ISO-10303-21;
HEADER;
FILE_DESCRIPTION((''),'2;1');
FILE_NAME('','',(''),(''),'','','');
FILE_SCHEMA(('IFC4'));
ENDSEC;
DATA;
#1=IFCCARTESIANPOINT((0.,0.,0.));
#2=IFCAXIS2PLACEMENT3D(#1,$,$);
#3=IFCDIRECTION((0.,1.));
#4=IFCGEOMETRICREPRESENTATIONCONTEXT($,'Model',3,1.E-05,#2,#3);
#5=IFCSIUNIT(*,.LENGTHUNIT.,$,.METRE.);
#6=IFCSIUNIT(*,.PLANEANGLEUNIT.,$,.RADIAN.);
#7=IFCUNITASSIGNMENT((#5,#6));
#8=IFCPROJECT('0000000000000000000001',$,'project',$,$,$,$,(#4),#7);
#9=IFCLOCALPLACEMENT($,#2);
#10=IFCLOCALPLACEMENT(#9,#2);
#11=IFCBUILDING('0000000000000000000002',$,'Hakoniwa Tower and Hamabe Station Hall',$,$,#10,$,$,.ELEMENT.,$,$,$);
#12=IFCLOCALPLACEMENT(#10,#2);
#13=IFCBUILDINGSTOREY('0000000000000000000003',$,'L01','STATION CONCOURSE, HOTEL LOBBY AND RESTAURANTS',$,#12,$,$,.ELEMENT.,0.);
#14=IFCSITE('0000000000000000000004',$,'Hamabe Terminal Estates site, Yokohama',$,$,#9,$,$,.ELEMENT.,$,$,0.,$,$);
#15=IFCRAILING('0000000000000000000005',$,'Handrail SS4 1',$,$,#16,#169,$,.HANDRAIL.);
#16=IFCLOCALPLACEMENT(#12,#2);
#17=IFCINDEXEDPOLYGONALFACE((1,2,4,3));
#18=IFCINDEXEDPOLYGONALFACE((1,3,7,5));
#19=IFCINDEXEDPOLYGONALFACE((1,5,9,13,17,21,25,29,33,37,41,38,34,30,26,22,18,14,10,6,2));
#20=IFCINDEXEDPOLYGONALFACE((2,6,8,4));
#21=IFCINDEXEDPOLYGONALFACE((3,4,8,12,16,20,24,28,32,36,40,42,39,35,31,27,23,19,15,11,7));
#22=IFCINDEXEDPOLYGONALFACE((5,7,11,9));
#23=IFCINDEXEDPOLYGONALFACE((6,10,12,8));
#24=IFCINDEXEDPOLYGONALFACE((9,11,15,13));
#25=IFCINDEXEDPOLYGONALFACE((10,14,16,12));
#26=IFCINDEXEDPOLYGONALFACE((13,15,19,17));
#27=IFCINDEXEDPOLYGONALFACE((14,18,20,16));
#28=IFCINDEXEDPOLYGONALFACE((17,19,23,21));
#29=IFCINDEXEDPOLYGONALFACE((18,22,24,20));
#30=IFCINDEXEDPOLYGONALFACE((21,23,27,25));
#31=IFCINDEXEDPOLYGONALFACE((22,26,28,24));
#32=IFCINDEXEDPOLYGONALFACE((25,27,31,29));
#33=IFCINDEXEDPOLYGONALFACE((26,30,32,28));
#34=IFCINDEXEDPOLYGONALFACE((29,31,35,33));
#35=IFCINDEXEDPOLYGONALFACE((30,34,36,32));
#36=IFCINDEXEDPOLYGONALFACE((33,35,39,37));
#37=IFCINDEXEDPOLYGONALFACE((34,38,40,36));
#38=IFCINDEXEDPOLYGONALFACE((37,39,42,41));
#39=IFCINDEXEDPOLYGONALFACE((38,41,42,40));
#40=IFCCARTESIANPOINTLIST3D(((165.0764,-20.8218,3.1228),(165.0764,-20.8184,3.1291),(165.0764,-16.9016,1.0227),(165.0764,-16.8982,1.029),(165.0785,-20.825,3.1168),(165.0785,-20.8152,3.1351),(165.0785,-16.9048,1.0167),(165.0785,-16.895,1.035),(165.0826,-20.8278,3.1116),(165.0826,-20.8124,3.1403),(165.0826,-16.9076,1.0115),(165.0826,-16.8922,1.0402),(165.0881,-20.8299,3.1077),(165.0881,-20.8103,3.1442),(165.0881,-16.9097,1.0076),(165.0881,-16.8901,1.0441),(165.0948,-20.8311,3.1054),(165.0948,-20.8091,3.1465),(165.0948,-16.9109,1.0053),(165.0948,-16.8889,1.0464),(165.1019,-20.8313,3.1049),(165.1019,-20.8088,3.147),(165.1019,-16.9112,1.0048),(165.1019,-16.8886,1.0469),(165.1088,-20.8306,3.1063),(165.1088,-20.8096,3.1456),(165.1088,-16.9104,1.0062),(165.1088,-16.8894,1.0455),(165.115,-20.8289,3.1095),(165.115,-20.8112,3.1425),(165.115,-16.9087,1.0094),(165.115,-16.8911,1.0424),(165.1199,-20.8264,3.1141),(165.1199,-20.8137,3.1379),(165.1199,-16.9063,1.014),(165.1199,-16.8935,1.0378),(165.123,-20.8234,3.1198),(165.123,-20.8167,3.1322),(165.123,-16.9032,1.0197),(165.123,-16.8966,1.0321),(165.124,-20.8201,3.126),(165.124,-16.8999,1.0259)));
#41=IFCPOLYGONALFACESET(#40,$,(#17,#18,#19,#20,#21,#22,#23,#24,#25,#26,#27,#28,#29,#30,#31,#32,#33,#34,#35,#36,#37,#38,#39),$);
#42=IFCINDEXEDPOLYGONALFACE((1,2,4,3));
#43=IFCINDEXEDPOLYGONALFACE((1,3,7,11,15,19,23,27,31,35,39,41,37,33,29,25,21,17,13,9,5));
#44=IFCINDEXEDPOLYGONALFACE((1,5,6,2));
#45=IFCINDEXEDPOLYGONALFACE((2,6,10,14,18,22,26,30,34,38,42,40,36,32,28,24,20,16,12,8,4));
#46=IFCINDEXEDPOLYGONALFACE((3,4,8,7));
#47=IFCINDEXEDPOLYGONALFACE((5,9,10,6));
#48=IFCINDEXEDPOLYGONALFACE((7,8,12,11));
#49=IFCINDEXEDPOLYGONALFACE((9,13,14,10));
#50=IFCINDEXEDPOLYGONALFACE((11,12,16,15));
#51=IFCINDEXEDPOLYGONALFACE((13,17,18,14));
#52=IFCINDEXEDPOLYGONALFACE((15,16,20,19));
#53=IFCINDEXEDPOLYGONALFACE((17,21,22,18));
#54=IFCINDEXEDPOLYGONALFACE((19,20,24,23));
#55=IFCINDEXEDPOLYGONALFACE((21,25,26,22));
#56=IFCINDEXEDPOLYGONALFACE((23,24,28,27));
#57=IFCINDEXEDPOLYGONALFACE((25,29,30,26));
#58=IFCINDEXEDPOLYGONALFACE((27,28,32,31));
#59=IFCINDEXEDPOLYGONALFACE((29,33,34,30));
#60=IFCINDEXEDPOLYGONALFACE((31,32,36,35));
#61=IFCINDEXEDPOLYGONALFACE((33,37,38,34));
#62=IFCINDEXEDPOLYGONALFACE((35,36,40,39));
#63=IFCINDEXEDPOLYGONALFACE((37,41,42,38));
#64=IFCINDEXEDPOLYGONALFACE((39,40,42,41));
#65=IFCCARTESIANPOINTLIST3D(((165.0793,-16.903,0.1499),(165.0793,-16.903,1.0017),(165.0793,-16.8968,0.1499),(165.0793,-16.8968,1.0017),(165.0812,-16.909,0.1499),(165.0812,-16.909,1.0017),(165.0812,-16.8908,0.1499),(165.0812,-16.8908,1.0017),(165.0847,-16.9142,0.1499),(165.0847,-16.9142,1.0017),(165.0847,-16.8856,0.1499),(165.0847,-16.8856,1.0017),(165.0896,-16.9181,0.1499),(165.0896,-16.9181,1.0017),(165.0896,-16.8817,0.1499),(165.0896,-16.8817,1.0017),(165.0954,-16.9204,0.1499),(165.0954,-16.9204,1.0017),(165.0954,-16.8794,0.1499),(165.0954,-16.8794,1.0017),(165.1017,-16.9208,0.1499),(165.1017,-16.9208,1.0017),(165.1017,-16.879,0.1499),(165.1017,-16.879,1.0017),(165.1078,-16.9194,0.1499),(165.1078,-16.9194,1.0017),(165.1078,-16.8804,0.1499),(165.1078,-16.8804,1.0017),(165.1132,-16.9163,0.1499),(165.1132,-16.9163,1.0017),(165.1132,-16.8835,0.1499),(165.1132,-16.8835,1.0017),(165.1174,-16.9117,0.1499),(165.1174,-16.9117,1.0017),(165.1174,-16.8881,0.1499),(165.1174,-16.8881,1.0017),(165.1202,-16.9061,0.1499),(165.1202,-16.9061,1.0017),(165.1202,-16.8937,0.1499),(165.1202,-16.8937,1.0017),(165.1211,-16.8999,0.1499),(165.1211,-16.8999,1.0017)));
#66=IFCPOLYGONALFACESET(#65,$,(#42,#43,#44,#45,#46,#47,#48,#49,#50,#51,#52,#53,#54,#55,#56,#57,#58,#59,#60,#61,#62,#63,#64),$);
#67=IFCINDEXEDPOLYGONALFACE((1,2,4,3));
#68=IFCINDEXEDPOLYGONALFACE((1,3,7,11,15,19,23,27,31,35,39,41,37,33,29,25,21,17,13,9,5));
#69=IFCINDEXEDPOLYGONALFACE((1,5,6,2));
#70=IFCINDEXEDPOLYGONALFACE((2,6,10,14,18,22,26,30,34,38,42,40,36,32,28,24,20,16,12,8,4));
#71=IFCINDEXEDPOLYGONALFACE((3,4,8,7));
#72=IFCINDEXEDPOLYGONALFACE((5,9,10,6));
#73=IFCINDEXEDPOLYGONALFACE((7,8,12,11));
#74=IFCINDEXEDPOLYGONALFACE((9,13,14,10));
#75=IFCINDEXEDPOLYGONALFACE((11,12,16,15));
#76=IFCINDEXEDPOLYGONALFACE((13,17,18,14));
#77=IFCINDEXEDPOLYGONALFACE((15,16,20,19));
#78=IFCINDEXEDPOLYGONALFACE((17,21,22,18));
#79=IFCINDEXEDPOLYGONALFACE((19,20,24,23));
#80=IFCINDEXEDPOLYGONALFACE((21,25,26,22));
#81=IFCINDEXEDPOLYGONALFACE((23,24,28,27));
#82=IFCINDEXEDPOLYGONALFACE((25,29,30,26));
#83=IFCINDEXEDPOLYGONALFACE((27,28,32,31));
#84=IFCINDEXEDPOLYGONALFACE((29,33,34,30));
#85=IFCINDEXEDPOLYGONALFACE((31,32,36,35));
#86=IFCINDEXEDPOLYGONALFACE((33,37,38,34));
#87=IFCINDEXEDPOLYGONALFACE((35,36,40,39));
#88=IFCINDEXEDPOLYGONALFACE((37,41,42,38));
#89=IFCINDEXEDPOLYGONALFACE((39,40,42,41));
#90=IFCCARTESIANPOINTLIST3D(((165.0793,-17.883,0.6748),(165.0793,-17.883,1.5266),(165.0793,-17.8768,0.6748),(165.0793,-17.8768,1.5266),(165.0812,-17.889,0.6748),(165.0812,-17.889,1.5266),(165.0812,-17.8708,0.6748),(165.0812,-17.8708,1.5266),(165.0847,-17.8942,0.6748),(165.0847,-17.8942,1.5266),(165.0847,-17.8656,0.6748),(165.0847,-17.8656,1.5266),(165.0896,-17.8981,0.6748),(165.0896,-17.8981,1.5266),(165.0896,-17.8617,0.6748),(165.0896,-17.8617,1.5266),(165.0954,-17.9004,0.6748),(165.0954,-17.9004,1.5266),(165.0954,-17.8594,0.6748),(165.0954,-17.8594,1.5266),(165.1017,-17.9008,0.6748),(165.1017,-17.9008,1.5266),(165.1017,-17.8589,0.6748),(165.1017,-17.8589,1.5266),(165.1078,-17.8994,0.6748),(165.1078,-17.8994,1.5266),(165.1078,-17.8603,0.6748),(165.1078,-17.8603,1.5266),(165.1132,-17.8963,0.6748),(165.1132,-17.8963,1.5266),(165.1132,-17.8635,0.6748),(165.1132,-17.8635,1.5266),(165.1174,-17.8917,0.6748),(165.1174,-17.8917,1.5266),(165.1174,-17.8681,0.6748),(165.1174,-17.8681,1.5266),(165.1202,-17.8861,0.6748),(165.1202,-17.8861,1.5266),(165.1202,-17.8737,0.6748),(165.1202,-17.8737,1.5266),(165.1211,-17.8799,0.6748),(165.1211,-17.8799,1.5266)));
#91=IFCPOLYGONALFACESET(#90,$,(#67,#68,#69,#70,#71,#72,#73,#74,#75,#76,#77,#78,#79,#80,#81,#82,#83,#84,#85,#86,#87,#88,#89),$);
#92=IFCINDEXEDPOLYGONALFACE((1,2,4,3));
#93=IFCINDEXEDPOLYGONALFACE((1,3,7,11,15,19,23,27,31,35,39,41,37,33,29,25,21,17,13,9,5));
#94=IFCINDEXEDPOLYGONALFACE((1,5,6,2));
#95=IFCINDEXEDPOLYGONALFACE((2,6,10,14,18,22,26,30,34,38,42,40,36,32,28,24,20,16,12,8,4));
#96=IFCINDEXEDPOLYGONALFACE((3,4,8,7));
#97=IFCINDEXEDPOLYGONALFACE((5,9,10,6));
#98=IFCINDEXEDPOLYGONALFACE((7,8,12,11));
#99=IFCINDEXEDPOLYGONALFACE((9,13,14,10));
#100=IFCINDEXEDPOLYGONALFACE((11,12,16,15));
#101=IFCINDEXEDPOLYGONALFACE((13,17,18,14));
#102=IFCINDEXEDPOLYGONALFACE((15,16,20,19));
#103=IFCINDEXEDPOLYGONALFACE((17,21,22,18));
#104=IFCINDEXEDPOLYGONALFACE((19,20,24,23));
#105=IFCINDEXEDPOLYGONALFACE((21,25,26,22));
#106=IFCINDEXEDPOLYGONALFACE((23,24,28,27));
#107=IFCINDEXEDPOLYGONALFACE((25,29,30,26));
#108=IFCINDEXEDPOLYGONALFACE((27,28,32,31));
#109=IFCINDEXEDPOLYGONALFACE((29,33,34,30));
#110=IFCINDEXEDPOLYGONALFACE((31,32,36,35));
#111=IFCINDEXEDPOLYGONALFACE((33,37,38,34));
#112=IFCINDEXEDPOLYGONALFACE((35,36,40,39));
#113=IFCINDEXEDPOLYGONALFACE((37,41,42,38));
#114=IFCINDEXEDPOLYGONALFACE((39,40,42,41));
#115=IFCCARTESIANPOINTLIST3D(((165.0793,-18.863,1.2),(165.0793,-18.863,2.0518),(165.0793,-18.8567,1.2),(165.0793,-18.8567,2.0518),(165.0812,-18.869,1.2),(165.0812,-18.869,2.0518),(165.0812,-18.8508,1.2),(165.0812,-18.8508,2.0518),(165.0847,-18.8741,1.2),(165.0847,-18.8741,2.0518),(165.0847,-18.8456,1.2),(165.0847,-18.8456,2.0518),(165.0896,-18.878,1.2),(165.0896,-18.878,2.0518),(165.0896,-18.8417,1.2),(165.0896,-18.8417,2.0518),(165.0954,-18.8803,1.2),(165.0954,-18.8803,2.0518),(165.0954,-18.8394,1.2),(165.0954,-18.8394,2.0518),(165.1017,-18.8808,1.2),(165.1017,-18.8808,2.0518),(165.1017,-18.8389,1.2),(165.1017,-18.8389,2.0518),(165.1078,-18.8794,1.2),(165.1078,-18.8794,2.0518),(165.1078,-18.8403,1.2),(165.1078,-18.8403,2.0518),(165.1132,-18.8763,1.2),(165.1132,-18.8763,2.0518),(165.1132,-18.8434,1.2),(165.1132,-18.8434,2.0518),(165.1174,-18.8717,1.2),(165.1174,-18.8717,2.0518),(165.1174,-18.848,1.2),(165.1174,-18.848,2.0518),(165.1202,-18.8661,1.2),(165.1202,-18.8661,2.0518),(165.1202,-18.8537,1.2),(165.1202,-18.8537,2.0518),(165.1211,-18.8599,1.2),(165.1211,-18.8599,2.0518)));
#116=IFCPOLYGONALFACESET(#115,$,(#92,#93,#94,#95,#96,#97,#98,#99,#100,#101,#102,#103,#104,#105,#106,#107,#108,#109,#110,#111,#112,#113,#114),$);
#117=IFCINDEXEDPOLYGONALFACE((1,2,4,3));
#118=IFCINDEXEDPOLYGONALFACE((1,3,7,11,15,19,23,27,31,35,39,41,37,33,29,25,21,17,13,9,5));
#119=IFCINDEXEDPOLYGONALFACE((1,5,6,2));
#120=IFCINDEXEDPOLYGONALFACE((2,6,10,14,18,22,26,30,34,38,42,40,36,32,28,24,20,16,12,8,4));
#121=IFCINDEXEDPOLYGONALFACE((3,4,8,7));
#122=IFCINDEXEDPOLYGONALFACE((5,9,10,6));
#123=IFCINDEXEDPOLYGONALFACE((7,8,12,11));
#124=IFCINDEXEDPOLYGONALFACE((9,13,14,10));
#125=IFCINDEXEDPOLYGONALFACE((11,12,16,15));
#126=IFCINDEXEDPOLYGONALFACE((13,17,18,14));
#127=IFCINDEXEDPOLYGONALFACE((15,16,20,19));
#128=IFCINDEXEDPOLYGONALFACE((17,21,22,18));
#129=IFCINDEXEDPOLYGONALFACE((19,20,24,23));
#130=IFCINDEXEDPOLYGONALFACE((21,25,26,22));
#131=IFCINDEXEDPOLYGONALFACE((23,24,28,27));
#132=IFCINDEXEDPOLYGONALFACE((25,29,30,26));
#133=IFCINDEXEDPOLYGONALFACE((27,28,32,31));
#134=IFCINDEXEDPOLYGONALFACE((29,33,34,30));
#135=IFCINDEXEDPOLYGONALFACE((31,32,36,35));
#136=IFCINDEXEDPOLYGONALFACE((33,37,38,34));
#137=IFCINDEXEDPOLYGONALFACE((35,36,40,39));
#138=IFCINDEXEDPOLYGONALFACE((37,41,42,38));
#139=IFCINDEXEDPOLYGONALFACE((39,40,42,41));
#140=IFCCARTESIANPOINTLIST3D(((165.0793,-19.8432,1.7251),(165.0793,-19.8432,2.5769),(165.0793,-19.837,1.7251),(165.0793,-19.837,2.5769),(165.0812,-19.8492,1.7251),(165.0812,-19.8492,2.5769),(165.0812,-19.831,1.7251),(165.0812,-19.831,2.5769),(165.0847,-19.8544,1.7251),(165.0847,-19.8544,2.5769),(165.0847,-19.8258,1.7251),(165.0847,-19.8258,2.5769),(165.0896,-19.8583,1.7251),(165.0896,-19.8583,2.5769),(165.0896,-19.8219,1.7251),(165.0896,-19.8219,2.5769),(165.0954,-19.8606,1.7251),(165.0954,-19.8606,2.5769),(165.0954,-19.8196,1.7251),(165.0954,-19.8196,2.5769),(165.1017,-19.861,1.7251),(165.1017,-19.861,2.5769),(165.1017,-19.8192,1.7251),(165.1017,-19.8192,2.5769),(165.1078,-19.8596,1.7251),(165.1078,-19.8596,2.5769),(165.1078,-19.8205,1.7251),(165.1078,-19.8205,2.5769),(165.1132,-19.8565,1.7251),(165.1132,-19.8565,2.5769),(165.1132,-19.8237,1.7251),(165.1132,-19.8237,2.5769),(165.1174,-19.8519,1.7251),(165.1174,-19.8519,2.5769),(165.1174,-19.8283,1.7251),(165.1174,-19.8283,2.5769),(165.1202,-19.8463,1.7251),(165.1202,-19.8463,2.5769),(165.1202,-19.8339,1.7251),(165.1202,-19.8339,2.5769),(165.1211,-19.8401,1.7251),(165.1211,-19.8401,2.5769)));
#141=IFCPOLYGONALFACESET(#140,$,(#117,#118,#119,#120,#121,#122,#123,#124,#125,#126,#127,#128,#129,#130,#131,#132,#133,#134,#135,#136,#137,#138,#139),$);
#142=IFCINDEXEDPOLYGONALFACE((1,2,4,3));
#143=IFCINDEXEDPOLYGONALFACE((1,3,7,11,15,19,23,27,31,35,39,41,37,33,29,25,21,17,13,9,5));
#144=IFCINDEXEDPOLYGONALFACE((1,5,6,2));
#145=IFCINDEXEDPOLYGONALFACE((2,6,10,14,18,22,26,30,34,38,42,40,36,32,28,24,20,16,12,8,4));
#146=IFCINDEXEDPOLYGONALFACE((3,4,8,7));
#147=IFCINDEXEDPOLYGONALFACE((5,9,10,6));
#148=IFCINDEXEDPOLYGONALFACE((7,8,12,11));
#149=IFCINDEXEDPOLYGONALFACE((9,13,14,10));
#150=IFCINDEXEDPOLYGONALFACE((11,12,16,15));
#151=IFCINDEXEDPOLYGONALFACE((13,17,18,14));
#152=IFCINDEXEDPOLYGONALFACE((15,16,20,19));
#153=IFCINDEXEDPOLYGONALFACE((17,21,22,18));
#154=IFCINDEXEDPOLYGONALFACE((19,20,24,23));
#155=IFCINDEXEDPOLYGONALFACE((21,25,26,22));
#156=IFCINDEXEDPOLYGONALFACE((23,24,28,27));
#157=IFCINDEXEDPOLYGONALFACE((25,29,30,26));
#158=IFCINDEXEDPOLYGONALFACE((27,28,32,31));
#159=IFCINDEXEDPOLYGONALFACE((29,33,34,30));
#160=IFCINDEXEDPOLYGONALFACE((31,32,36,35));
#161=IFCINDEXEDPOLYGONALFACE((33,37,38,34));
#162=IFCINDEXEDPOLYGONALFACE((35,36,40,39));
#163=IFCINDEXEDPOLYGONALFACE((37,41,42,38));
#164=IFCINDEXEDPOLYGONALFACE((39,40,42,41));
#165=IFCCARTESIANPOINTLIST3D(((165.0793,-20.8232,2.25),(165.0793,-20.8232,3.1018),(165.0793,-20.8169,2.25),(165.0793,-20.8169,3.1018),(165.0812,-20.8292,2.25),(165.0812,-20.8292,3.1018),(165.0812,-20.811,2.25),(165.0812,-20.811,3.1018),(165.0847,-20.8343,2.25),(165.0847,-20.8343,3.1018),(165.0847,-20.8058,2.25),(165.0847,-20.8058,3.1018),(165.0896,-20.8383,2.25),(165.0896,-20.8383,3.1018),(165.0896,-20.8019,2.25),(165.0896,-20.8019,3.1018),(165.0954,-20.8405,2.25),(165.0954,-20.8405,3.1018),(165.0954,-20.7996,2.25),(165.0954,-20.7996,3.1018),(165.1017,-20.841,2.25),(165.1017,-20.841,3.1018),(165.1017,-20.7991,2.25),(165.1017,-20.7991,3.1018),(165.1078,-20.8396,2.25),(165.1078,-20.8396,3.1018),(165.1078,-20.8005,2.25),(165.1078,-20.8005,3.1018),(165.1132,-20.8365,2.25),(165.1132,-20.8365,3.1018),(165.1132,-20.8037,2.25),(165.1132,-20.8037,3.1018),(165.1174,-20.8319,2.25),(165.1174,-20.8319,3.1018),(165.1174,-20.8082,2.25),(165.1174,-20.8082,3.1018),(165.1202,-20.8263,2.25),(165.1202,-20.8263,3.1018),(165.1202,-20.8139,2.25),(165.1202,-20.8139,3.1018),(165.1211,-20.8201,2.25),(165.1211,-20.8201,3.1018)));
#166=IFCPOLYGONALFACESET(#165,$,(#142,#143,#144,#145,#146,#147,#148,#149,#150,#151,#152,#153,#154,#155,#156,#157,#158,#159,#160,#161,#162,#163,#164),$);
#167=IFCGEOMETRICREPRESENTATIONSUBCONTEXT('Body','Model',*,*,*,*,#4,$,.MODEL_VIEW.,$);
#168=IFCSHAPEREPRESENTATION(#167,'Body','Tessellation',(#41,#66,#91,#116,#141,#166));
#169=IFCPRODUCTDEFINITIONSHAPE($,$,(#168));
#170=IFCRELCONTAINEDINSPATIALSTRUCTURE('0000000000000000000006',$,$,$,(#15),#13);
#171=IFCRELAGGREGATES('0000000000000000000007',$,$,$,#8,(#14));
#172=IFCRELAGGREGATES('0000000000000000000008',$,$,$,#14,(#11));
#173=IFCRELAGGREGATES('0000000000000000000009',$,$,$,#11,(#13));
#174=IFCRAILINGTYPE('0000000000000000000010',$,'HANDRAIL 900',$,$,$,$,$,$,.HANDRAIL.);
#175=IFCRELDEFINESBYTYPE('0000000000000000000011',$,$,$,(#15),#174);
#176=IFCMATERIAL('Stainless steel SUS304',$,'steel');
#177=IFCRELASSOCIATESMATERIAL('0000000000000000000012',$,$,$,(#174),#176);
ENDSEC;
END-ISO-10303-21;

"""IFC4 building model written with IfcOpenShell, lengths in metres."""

from ifc_helpers import new_model, si_unit, direction, frame, origin, origin_2d, place, context, subcontext, project, spatial, circle, extrude, material, type_object, element, save


model = new_model("IFC4")

# Units and contexts
model_context = context("Model", 3, precision=1e-05, world=origin(), true_north=direction((0.0, 1.0)))
body_context = subcontext(model_context, "Body", "Model", "MODEL_VIEW")
ifc_project = project(units=[si_unit("LENGTHUNIT", "METRE"), si_unit("PLANEANGLEUNIT", "RADIAN")], contexts=[model_context])

# Site, building, storey
site_placement = place(None, origin())
site = spatial("IfcSite", under=ifc_project, at=site_placement, Name="Hamabe Terminal Estates site, Yokohama", CompositionType="ELEMENT", RefElevation=0.0)
building_placement = place(site_placement, origin())
building = spatial("IfcBuilding", under=site, at=building_placement, Name="Hakoniwa Tower and Hamabe Station Hall", CompositionType="ELEMENT")
storey_placement = place(building_placement, origin())
storey = spatial("IfcBuildingStorey", under=building, at=storey_placement, Name="L01", Description="STATION CONCOURSE, HOTEL LOBBY AND RESTAURANTS", CompositionType="ELEMENT", Elevation=0.0)

# Railing
ifc_material_1 = material(Name="Stainless steel SUS304", Category="steel")
railing_type = type_object("IfcRailingType", Name="HANDRAIL 900", PredefinedType="HANDRAIL", material=ifc_material_1)
railing_1_placement = place(storey_placement, frame((165.1001, -16.8999, 0.1499)))
element("IfcRailing", 1, at=railing_1_placement, inside=storey, type_object=railing_type, Name="Handrail SS4 1", PredefinedType="HANDRAIL", context=body_context, shape_type="SweptSolid", body=[
    extrude(circle(Radius=0.0239, at=origin_2d()), frame((0.0, 0.0, 0.876), z_axis=(0.0, -0.881479, 0.472223), x_axis=(1.0, 0.0, 0.0)), (0.0, 0.0, 1.0), 4.4473),
    extrude(circle(Radius=0.021, at=origin_2d()), origin(), (0.0, 0.0, 1.0), 0.8518),
    extrude(circle(Radius=0.021, at=origin_2d()), frame((0.0, -0.98, 0.5249)), (0.0, 0.0, 1.0), 0.8518),
    extrude(circle(Radius=0.021, at=origin_2d()), frame((0.0, -1.96, 1.05)), (0.0, 0.0, 1.0), 0.8518),
    extrude(circle(Radius=0.021, at=origin_2d()), frame((0.0, -2.9402, 1.5752)), (0.0, 0.0, 1.0), 0.8518),
    extrude(circle(Radius=0.021, at=origin_2d()), frame((0.0, -3.9202, 2.1001)), (0.0, 0.0, 1.0), 0.8518),
])

save(model, "model.ifc")
